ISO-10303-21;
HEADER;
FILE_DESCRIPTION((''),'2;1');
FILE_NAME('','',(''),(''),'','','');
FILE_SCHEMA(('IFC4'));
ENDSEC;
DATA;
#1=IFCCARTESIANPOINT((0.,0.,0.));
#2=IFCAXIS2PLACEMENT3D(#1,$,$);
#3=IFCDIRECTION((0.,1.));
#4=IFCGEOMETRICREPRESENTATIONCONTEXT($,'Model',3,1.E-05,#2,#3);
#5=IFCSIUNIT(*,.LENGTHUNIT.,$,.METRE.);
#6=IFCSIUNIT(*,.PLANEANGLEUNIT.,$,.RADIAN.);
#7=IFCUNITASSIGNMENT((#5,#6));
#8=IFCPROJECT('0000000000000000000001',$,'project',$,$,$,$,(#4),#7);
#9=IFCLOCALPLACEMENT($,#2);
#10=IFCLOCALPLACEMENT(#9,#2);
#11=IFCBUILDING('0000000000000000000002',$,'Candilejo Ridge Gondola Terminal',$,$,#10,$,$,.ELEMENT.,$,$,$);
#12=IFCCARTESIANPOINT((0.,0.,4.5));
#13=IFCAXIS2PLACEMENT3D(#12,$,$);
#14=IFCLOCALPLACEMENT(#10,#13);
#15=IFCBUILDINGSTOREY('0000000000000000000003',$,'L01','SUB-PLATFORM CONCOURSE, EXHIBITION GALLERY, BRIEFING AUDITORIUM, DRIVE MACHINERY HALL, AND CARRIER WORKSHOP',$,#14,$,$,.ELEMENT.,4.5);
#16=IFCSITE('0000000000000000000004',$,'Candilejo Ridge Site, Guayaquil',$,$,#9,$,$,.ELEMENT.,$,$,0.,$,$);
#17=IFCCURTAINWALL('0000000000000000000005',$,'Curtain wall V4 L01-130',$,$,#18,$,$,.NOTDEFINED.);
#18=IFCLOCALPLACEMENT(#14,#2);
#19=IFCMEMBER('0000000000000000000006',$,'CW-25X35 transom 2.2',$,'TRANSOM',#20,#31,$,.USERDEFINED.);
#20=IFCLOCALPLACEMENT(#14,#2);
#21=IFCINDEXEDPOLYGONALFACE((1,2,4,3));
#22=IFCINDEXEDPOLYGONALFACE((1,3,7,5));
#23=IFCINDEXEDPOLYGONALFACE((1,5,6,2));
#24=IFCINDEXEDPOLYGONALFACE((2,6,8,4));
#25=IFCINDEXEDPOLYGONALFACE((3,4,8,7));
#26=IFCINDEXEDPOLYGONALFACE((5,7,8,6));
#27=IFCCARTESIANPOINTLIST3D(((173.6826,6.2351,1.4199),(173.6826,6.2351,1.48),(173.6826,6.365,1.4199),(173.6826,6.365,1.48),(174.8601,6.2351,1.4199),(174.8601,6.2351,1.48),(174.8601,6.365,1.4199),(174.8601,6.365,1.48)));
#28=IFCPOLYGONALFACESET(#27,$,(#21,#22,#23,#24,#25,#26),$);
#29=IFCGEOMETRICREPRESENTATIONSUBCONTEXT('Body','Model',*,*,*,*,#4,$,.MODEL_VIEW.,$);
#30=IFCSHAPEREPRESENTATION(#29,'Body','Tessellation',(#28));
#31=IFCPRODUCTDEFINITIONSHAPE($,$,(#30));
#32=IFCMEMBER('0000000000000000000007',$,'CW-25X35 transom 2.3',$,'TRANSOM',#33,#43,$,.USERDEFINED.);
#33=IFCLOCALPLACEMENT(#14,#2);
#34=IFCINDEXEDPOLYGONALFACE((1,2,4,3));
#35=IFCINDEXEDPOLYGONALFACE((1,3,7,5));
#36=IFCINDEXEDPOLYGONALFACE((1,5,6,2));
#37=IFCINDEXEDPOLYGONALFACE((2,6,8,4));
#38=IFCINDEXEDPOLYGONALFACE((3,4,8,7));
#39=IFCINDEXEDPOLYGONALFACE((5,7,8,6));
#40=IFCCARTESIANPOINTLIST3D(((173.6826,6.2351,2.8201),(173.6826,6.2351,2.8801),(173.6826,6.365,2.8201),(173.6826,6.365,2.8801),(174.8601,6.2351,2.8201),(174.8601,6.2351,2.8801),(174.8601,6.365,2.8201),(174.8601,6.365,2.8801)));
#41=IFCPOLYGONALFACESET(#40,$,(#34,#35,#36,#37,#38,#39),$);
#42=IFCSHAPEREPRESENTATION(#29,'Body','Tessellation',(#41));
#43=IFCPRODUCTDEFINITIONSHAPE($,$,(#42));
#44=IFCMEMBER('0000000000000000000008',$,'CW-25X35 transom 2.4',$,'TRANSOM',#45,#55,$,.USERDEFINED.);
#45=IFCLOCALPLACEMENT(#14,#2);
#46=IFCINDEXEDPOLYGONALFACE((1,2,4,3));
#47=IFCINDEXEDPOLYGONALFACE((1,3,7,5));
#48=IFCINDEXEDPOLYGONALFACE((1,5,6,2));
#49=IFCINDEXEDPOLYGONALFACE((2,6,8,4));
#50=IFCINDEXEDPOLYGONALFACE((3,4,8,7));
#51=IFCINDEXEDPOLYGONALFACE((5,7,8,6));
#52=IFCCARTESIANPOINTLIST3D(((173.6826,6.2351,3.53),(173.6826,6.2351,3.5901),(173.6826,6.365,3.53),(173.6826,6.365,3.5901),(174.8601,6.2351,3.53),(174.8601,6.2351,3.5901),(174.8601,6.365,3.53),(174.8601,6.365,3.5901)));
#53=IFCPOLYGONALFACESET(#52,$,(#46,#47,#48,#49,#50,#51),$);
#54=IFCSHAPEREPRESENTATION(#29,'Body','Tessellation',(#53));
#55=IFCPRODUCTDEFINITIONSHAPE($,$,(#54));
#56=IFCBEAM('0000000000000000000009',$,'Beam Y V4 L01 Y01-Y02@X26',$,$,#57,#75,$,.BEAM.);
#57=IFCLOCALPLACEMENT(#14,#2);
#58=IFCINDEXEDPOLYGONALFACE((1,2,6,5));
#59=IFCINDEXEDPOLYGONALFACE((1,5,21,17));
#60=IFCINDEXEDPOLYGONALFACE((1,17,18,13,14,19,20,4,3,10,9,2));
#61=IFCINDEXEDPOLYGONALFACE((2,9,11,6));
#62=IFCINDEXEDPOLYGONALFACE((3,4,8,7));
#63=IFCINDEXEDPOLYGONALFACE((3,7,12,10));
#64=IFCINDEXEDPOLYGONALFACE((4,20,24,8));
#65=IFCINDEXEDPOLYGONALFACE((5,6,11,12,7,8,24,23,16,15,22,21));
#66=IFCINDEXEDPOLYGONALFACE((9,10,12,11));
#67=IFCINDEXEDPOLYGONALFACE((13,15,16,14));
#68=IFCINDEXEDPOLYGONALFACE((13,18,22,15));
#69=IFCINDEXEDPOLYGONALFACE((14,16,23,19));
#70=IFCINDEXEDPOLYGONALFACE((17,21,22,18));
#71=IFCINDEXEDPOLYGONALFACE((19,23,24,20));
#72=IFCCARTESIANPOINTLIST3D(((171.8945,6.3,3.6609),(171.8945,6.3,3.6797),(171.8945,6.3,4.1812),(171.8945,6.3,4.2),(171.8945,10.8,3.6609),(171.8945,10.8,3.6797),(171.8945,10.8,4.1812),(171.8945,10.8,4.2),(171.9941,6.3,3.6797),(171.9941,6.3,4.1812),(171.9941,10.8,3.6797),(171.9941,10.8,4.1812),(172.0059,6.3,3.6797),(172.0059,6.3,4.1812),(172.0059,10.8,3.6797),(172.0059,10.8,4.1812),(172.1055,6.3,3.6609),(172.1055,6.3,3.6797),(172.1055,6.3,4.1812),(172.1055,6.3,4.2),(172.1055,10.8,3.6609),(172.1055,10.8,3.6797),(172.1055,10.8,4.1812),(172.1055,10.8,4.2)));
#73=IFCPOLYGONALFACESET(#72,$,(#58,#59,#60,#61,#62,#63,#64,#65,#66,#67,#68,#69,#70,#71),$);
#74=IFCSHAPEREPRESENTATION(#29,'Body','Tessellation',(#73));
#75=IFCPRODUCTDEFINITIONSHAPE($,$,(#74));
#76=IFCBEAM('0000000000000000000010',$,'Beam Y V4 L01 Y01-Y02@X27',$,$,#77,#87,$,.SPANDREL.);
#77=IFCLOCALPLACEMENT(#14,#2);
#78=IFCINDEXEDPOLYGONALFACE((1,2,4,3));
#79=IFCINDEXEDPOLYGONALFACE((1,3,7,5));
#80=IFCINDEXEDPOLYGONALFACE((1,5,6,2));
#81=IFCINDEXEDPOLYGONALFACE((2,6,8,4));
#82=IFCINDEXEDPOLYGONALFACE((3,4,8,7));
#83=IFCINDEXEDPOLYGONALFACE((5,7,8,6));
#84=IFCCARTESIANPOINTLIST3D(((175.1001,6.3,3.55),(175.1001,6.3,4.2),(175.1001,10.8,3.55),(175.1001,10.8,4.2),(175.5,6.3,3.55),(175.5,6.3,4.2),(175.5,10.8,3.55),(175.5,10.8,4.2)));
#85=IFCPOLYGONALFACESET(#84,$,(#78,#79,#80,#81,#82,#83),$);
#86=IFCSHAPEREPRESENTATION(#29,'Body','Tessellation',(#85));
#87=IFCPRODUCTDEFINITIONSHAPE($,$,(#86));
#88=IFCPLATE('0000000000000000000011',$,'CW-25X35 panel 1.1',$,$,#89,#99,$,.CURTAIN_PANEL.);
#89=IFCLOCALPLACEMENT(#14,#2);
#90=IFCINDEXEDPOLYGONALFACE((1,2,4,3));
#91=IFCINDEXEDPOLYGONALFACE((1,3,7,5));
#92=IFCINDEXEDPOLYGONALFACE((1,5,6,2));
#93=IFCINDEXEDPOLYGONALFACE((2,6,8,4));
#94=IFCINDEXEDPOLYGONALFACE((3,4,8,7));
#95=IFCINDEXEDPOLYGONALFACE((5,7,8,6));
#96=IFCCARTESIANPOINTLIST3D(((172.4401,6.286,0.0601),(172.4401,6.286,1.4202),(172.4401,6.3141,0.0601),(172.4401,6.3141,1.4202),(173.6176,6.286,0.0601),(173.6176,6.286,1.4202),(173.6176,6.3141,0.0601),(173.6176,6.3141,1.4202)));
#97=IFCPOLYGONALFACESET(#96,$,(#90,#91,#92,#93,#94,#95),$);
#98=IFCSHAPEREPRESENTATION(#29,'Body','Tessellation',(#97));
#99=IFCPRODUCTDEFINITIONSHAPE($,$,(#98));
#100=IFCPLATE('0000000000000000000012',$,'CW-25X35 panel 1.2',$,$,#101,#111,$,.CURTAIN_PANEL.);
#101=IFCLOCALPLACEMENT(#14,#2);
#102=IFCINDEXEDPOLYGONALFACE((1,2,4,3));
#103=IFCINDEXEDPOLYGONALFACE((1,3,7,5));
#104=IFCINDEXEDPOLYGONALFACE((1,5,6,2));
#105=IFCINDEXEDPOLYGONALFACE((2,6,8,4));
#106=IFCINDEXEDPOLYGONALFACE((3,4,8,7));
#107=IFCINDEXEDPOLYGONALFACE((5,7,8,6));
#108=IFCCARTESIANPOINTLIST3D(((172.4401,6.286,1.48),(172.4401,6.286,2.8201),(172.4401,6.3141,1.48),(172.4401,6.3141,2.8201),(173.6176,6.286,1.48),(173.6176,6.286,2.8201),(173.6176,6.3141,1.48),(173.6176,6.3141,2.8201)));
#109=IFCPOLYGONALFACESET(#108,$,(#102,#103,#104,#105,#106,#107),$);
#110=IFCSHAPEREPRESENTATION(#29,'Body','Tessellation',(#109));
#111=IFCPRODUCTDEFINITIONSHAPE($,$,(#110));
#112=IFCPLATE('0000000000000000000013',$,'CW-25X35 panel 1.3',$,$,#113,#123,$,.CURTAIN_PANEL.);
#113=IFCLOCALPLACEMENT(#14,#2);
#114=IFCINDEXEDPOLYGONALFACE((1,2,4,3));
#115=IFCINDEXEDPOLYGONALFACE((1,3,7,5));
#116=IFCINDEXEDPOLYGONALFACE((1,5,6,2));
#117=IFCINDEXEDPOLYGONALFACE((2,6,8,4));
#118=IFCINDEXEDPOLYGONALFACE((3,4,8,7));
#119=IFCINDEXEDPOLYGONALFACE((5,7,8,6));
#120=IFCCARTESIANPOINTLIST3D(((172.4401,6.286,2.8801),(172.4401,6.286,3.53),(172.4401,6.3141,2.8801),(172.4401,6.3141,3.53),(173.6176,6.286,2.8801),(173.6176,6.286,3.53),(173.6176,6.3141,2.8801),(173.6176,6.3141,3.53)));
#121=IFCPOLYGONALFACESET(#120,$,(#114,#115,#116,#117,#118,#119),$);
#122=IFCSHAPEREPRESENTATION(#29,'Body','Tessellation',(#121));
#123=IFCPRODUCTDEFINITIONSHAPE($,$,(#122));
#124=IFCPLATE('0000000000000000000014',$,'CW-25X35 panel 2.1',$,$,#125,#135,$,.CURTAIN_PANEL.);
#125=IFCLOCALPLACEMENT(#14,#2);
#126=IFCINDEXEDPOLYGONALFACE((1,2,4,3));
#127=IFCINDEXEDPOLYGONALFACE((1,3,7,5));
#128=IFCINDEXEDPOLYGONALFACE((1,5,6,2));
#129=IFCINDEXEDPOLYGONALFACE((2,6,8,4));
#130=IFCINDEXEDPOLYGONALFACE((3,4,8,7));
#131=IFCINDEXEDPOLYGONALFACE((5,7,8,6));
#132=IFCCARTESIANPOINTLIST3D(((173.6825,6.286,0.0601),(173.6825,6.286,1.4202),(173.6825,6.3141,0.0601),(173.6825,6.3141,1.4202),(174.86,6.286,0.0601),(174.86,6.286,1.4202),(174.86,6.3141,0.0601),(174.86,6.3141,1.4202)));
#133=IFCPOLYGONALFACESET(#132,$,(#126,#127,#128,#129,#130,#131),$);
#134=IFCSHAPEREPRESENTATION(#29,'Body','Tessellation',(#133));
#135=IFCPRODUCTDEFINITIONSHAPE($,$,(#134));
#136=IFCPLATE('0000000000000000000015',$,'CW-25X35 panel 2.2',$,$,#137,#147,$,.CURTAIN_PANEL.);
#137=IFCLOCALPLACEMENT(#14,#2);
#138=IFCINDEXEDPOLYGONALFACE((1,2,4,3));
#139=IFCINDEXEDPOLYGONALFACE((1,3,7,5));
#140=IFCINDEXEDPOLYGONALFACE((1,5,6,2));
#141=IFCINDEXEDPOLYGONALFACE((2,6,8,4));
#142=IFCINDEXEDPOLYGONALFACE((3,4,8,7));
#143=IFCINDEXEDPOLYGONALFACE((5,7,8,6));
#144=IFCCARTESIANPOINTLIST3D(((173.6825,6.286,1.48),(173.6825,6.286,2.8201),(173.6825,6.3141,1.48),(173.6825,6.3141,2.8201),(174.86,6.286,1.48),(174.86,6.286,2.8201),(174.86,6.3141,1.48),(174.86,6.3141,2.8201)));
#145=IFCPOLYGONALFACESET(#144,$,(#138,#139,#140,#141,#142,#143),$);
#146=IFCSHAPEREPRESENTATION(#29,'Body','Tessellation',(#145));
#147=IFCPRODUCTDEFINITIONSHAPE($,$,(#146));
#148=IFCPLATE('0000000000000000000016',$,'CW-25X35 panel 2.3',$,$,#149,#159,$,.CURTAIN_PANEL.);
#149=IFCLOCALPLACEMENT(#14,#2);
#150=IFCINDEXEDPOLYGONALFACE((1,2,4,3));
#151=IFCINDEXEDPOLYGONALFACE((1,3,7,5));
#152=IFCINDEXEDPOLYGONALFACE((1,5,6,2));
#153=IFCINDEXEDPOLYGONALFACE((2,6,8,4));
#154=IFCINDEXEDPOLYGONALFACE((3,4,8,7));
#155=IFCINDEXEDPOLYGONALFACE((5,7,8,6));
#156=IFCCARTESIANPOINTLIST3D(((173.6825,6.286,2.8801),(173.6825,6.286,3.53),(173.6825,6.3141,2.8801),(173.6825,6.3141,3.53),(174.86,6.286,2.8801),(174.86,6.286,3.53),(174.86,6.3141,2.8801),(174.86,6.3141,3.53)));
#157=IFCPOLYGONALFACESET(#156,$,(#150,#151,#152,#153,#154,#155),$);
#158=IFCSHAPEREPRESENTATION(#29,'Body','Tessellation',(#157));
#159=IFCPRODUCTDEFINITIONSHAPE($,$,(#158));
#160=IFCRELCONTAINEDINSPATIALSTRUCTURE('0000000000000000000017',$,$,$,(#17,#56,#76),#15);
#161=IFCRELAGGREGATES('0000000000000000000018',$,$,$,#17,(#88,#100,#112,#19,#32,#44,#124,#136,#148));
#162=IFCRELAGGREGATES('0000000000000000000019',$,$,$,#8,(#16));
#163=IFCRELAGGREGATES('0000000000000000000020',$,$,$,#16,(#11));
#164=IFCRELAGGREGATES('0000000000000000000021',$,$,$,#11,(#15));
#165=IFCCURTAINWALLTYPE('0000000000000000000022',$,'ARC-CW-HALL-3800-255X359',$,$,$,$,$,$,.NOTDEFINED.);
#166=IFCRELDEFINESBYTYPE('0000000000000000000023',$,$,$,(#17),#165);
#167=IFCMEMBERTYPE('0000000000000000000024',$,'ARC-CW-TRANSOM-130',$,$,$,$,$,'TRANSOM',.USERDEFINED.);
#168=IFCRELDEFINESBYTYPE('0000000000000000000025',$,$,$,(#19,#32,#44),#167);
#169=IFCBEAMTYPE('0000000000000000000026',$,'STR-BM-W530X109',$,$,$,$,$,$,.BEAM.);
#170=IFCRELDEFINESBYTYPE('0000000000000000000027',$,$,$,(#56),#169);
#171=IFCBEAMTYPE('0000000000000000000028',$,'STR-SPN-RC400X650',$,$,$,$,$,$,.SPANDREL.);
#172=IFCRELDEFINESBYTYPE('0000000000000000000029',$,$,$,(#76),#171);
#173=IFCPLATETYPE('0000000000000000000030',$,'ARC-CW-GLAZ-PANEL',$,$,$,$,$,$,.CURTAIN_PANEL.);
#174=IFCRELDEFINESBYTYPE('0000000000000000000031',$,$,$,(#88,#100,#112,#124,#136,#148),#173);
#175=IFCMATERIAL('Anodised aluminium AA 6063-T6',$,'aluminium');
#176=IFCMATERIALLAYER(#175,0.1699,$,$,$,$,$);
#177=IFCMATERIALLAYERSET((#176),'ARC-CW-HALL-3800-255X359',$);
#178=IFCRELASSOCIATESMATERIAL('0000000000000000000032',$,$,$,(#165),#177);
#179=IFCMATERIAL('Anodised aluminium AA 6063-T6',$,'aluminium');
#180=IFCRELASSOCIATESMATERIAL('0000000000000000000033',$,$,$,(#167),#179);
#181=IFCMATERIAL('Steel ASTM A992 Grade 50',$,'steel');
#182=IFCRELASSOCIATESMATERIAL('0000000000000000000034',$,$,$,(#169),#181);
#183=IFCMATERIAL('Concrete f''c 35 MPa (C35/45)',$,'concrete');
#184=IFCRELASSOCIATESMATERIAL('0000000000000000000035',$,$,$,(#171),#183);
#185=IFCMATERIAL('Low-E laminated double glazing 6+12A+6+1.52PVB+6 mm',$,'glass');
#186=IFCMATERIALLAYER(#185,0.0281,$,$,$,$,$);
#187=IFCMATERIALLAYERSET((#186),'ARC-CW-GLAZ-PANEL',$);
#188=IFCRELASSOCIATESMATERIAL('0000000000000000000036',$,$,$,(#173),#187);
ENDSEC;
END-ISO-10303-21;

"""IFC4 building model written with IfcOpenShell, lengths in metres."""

from ifc_helpers import new_model, si_unit, direction, frame, origin, origin_2d, place, context, subcontext, project, spatial, rectangle, i_section, extrude, material, layer, layer_set, material_profile, profile_set, type_object, element, aggregate, save


model = new_model("IFC4")

# Units and contexts
model_context = context("Model", 3, precision=1e-05, world=origin(), true_north=direction((0.0, 1.0)))
body_context = subcontext(model_context, "Body", "Model", "MODEL_VIEW")
ifc_project = project(units=[si_unit("LENGTHUNIT", "METRE"), si_unit("PLANEANGLEUNIT", "RADIAN")], contexts=[model_context])

# Site, building, storey
site_placement = place(None, origin())
site = spatial("IfcSite", under=ifc_project, at=site_placement, Name="Candilejo Ridge Site, Guayaquil", CompositionType="ELEMENT", RefElevation=0.0)
building_placement = place(site_placement, origin())
building = spatial("IfcBuilding", under=site, at=building_placement, Name="Candilejo Ridge Gondola Terminal", CompositionType="ELEMENT")
storey_placement = place(building_placement, frame((0.0, 0.0, 4.5)))
storey = spatial("IfcBuildingStorey", under=building, at=storey_placement, Name="L01", Description="SUB-PLATFORM CONCOURSE, EXHIBITION GALLERY, BRIEFING AUDITORIUM, DRIVE MACHINERY HALL, AND CARRIER WORKSHOP", CompositionType="ELEMENT", Elevation=4.5)

# Curtain wall
ifc_material_1 = material(Name="Anodised aluminium AA 6063-T6", Category="aluminium")
ifc_layer_1 = layer(ifc_material_1, 0.1699)
ifc_layer_set_1 = layer_set([ifc_layer_1], Name="ARC-CW-HALL-3800-255X359")
curtain_wall_type_1 = type_object("IfcCurtainWallType", Name="ARC-CW-HALL-3800-255X359", PredefinedType="NOTDEFINED", material=ifc_layer_set_1)
curtain_wall_1_placement = place(storey_placement, origin())
curtain_wall_1 = element("IfcCurtainWall", 1, at=curtain_wall_1_placement, inside=storey, type_object=curtain_wall_type_1, Name="Curtain wall V4 L01-130", PredefinedType="NOTDEFINED")

# Members
ifc_material_2 = material(Name="Anodised aluminium AA 6063-T6", Category="aluminium")
ifc_material_profile_1 = material_profile(ifc_material_2, rectangle(XDim=0.1299, YDim=0.0601, at=origin_2d()))
ifc_profile_set_1 = profile_set([ifc_material_profile_1], Name="Anodised aluminium AA 6063-T6")
member_type_1 = type_object("IfcMemberType", Name="ARC-CW-TRANSOM-130", ElementType="TRANSOM", PredefinedType="USERDEFINED", material=ifc_profile_set_1)
member_1_placement = place(storey_placement, frame((173.6826, 6.3, 1.45), z_axis=(1.0, 0.0, 0.0), x_axis=(0.0, 1.0, 0.0)))
member_1 = element("IfcMember", 2, at=member_1_placement, type_object=member_type_1, Name="CW-25X35 transom 2.2", ObjectType="TRANSOM", PredefinedType="USERDEFINED", context=body_context, shape_type="SweptSolid", body=[
    extrude(rectangle(XDim=0.1299, YDim=0.0601, at=origin_2d()), origin(), (0.0, 0.0, 1.0), 1.1775),
])
member_2_placement = place(storey_placement, frame((173.6826, 6.3, 2.8501), z_axis=(1.0, 0.0, 0.0), x_axis=(0.0, 1.0, 0.0)))
member_2 = element("IfcMember", 3, at=member_2_placement, type_object=member_type_1, Name="CW-25X35 transom 2.3", ObjectType="TRANSOM", PredefinedType="USERDEFINED", context=body_context, shape_type="SweptSolid", body=[
    extrude(rectangle(XDim=0.1299, YDim=0.0601, at=origin_2d()), origin(), (0.0, 0.0, 1.0), 1.1775),
])
member_3_placement = place(storey_placement, frame((173.6826, 6.3, 3.5601), z_axis=(1.0, 0.0, 0.0), x_axis=(0.0, 1.0, 0.0)))
member_3 = element("IfcMember", 4, at=member_3_placement, type_object=member_type_1, Name="CW-25X35 transom 2.4", ObjectType="TRANSOM", PredefinedType="USERDEFINED", context=body_context, shape_type="SweptSolid", body=[
    extrude(rectangle(XDim=0.1299, YDim=0.0601, at=origin_2d()), origin(), (0.0, 0.0, 1.0), 1.1775),
])

# Beams
ifc_material_3 = material(Name="Steel ASTM A992 Grade 50", Category="steel")
ifc_material_profile_2 = material_profile(ifc_material_3, i_section(OverallWidth=0.2109, OverallDepth=0.5391, WebThickness=0.0117, FlangeThickness=0.0188, at=origin_2d()))
ifc_profile_set_2 = profile_set([ifc_material_profile_2], Name="Steel ASTM A992 Grade 50")
beam_type_1 = type_object("IfcBeamType", Name="STR-BM-W530X109", PredefinedType="BEAM", material=ifc_profile_set_2)
beam_1_placement = place(storey_placement, frame((172.0, 6.3, 3.9304), z_axis=(0.0, 1.0, 0.0), x_axis=(-1.0, 0.0, 0.0)))
element("IfcBeam", 5, at=beam_1_placement, inside=storey, type_object=beam_type_1, Name="Beam Y V4 L01 Y01-Y02@X26", PredefinedType="BEAM", context=body_context, shape_type="SweptSolid", body=[
    extrude(i_section(OverallWidth=0.2109, OverallDepth=0.5391, WebThickness=0.0117, FlangeThickness=0.0188, at=origin_2d()), origin(), (0.0, 0.0, 1.0), 4.5),
])
ifc_material_4 = material(Name="Concrete f'c 35 MPa (C35/45)", Category="concrete")
ifc_material_profile_3 = material_profile(ifc_material_4, rectangle(XDim=0.3999, YDim=0.6499, at=origin_2d()))
ifc_profile_set_3 = profile_set([ifc_material_profile_3], Name="Concrete f'c 35 MPa (C35/45)")
beam_type_2 = type_object("IfcBeamType", Name="STR-SPN-RC400X650", PredefinedType="SPANDREL", material=ifc_profile_set_3)
beam_2_placement = place(storey_placement, frame((175.3, 6.3, 3.875), z_axis=(0.0, 1.0, 0.0), x_axis=(-1.0, 0.0, 0.0)))
element("IfcBeam", 6, at=beam_2_placement, inside=storey, type_object=beam_type_2, Name="Beam Y V4 L01 Y01-Y02@X27", PredefinedType="SPANDREL", context=body_context, shape_type="SweptSolid", body=[
    extrude(rectangle(XDim=0.3999, YDim=0.6499, at=origin_2d()), origin(), (0.0, 0.0, 1.0), 4.5),
])

# Plates
ifc_material_5 = material(Name="Low-E laminated double glazing 6+12A+6+1.52PVB+6 mm", Category="glass")
ifc_layer_2 = layer(ifc_material_5, 0.0281)
ifc_layer_set_2 = layer_set([ifc_layer_2], Name="ARC-CW-GLAZ-PANEL")
plate_type = type_object("IfcPlateType", Name="ARC-CW-GLAZ-PANEL", PredefinedType="CURTAIN_PANEL", material=ifc_layer_set_2)
plate_1_placement = place(storey_placement, frame((173.0288, 6.3, 0.0601), z_axis=(0.0, 0.0, 1.0), x_axis=(1.0, 0.0, 0.0)))
plate_1 = element("IfcPlate", 7, at=plate_1_placement, type_object=plate_type, Name="CW-25X35 panel 1.1", PredefinedType="CURTAIN_PANEL", context=body_context, shape_type="SweptSolid", body=[
    extrude(rectangle(XDim=1.1775, YDim=0.0281, at=origin_2d()), origin(), (0.0, 0.0, 1.0), 1.3601),
])
plate_2_placement = place(storey_placement, frame((173.0288, 6.3, 1.48), z_axis=(0.0, 0.0, 1.0), x_axis=(1.0, 0.0, 0.0)))
plate_2 = element("IfcPlate", 8, at=plate_2_placement, type_object=plate_type, Name="CW-25X35 panel 1.2", PredefinedType="CURTAIN_PANEL", context=body_context, shape_type="SweptSolid", body=[
    extrude(rectangle(XDim=1.1775, YDim=0.0281, at=origin_2d()), origin(), (0.0, 0.0, 1.0), 1.3401),
])
plate_3_placement = place(storey_placement, frame((173.0288, 6.3, 2.8801), z_axis=(0.0, 0.0, 1.0), x_axis=(1.0, 0.0, 0.0)))
plate_3 = element("IfcPlate", 9, at=plate_3_placement, type_object=plate_type, Name="CW-25X35 panel 1.3", PredefinedType="CURTAIN_PANEL", context=body_context, shape_type="SweptSolid", body=[
    extrude(rectangle(XDim=1.1775, YDim=0.0281, at=origin_2d()), origin(), (0.0, 0.0, 1.0), 0.6499),
])
plate_4_placement = place(storey_placement, frame((174.2712, 6.3, 0.0601), z_axis=(0.0, 0.0, 1.0), x_axis=(1.0, 0.0, 0.0)))
plate_4 = element("IfcPlate", 10, at=plate_4_placement, type_object=plate_type, Name="CW-25X35 panel 2.1", PredefinedType="CURTAIN_PANEL", context=body_context, shape_type="SweptSolid", body=[
    extrude(rectangle(XDim=1.1775, YDim=0.0281, at=origin_2d()), origin(), (0.0, 0.0, 1.0), 1.3601),
])
plate_5_placement = place(storey_placement, frame((174.2712, 6.3, 1.48), z_axis=(0.0, 0.0, 1.0), x_axis=(1.0, 0.0, 0.0)))
plate_5 = element("IfcPlate", 11, at=plate_5_placement, type_object=plate_type, Name="CW-25X35 panel 2.2", PredefinedType="CURTAIN_PANEL", context=body_context, shape_type="SweptSolid", body=[
    extrude(rectangle(XDim=1.1775, YDim=0.0281, at=origin_2d()), origin(), (0.0, 0.0, 1.0), 1.3401),
])
plate_6_placement = place(storey_placement, frame((174.2712, 6.3, 2.8801), z_axis=(0.0, 0.0, 1.0), x_axis=(1.0, 0.0, 0.0)))
plate_6 = element("IfcPlate", 12, at=plate_6_placement, type_object=plate_type, Name="CW-25X35 panel 2.3", PredefinedType="CURTAIN_PANEL", context=body_context, shape_type="SweptSolid", body=[
    extrude(rectangle(XDim=1.1775, YDim=0.0281, at=origin_2d()), origin(), (0.0, 0.0, 1.0), 0.6499),
])
aggregate(curtain_wall_1, [plate_1, plate_2, plate_3, member_1, member_2, member_3, plate_4, plate_5, plate_6])

save(model, "model.ifc")
